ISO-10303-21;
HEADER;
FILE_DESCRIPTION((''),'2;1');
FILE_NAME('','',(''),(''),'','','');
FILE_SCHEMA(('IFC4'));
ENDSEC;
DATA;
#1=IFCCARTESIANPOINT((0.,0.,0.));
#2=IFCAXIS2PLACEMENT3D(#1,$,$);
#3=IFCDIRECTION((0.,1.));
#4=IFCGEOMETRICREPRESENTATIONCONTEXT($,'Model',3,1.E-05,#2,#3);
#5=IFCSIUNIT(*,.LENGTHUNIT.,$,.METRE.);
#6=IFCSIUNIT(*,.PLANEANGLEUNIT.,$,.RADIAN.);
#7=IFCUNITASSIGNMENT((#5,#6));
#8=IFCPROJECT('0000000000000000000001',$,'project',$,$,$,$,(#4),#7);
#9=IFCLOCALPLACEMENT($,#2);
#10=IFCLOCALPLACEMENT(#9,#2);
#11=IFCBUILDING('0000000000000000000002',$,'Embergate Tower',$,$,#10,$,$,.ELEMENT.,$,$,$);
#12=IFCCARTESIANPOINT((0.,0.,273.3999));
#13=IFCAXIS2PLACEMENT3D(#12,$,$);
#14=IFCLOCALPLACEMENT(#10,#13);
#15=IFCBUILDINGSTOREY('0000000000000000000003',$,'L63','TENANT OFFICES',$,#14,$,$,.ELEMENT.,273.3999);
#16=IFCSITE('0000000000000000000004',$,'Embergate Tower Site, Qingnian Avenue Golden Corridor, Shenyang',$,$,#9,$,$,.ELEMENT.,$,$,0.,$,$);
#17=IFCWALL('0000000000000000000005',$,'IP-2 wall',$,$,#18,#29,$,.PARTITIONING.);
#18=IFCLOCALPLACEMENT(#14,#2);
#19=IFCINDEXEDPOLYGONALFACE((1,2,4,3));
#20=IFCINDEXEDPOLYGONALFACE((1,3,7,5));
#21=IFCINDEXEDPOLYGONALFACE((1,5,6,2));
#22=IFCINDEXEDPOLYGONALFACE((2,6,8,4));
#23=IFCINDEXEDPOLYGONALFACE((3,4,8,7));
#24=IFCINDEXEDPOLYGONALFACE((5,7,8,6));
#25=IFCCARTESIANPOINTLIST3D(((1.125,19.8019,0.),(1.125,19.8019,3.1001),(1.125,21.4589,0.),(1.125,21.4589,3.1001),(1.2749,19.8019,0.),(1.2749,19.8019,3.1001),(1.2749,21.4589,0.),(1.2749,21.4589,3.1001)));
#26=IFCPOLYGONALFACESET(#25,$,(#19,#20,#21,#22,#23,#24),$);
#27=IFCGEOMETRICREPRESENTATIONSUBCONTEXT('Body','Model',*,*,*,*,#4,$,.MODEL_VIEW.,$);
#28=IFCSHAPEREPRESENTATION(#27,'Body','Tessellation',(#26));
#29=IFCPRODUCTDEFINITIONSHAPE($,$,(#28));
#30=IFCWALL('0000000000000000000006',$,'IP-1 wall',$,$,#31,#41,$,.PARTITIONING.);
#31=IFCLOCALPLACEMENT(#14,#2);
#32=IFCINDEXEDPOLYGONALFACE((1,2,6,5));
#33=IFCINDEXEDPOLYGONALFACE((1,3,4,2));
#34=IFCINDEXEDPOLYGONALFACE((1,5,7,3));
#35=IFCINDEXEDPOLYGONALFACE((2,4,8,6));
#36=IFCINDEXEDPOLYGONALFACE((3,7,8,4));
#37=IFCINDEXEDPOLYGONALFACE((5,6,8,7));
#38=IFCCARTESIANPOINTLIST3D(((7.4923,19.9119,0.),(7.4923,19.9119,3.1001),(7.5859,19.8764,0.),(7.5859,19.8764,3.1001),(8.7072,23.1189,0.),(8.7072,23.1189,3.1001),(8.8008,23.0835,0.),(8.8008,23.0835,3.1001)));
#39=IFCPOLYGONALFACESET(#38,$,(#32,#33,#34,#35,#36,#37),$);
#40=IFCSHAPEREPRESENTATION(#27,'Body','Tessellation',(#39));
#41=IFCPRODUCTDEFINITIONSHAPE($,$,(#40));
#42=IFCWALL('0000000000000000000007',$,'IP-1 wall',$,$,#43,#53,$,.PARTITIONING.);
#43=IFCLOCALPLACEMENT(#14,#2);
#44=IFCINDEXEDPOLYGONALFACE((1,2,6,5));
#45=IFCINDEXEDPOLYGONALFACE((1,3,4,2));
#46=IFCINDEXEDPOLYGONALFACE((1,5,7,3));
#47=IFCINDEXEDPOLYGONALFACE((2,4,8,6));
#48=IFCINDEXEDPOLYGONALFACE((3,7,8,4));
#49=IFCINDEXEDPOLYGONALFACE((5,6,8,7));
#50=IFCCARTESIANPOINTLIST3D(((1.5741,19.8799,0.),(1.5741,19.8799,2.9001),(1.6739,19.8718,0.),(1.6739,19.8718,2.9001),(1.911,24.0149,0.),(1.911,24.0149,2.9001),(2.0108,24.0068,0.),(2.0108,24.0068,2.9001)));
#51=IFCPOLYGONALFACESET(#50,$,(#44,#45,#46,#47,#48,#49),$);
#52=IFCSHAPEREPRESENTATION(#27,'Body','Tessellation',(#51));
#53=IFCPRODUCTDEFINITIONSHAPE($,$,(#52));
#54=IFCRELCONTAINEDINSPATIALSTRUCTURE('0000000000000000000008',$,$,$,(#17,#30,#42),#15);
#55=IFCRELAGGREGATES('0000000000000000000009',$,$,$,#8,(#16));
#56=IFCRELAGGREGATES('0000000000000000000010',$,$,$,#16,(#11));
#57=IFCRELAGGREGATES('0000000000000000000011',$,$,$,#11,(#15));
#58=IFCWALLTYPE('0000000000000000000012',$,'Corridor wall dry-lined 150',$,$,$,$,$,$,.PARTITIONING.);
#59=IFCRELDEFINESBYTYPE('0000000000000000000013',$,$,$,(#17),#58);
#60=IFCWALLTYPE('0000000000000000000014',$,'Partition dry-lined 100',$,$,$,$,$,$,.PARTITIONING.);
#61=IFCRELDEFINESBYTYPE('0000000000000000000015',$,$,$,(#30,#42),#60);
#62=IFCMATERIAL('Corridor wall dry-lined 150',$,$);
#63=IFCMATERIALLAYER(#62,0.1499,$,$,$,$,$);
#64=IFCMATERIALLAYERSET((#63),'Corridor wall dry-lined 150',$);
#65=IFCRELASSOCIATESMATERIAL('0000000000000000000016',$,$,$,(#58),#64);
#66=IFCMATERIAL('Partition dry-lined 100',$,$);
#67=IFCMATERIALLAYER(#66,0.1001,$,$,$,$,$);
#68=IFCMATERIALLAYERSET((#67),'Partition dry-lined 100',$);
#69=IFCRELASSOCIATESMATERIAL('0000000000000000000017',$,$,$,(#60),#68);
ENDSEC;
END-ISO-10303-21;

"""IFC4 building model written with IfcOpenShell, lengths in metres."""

from ifc_helpers import new_model, si_unit, direction, frame, frame_2d, origin, place, context, subcontext, project, spatial, rectangle, extrude, source, transform, mapped, material, layer, layer_set, type_object, element, save


model = new_model("IFC4")

# Units and contexts
model_context = context("Model", 3, precision=1e-05, world=origin(), true_north=direction((0.0, 1.0)))
body_context = subcontext(model_context, "Body", "Model", "MODEL_VIEW")
ifc_project = project(units=[si_unit("LENGTHUNIT", "METRE"), si_unit("PLANEANGLEUNIT", "RADIAN")], contexts=[model_context])

# Site, building, storey
site_placement = place(None, origin())
site = spatial("IfcSite", under=ifc_project, at=site_placement, Name="Embergate Tower Site, Qingnian Avenue Golden Corridor, Shenyang", CompositionType="ELEMENT", RefElevation=0.0)
building_placement = place(site_placement, origin())
building = spatial("IfcBuilding", under=site, at=building_placement, Name="Embergate Tower", CompositionType="ELEMENT")
storey_placement = place(building_placement, frame((0.0, 0.0, 273.3999)))
storey = spatial("IfcBuildingStorey", under=building, at=storey_placement, Name="L63", Description="TENANT OFFICES", CompositionType="ELEMENT", Elevation=273.3999)

# Shared definitions
ifc_material_1 = material(Name="Corridor wall dry-lined 150")
ifc_layer_1 = layer(ifc_material_1, 0.1499)
ifc_layer_set_1 = layer_set([ifc_layer_1], Name="Corridor wall dry-lined 150")
wall_type_1 = type_object("IfcWallType", Name="Corridor wall dry-lined 150", PredefinedType="PARTITIONING", material=ifc_layer_set_1)

# Walls
shared_shape_1 = source(origin(), body_context, "Body", "SweptSolid", [
    extrude(rectangle(XDim=1.657, YDim=0.1499, at=frame_2d((0.8286, 0.0))), origin(), (0.0, 0.0, 1.0), 3.1001),
])
wall_1_placement = place(storey_placement, frame((1.2, 21.459, 0.0), z_axis=(0.0, 0.0, 1.0), x_axis=(0.0, -1.0, 0.0)))
element("IfcWall", 1, at=wall_1_placement, inside=storey, type_object=wall_type_1, Name="IP-2 wall", PredefinedType="PARTITIONING", context=body_context, shape_type="MappedRepresentation", body=[
    mapped(shared_shape_1, transform((0.0, 0.0, 0.0))),
])
ifc_material_2 = material(Name="Partition dry-lined 100")
ifc_layer_2 = layer(ifc_material_2, 0.1001)
ifc_layer_set_2 = layer_set([ifc_layer_2], Name="Partition dry-lined 100")
wall_type_2 = type_object("IfcWallType", Name="Partition dry-lined 100", PredefinedType="PARTITIONING", material=ifc_layer_set_2)
shared_shape_2 = source(origin(), body_context, "Body", "SweptSolid", [
    extrude(rectangle(XDim=3.4294, YDim=0.1001, at=frame_2d((1.7148, 0.0))), origin(), (0.0, 0.0, 1.0), 3.1001),
])
wall_2_placement = place(storey_placement, frame((7.5391, 19.894, 0.0), z_axis=(0.0, 0.0, 1.0), x_axis=(0.354242, 0.935154, 0.0)))
element("IfcWall", 2, at=wall_2_placement, inside=storey, type_object=wall_type_2, Name="IP-1 wall", PredefinedType="PARTITIONING", context=body_context, shape_type="MappedRepresentation", body=[
    mapped(shared_shape_2, transform((0.0, 0.0, 0.0))),
])
shared_shape_3 = source(origin(), body_context, "Body", "SweptSolid", [
    extrude(rectangle(XDim=4.1487, YDim=0.1001, at=frame_2d((2.0742, 0.0))), origin(), (0.0, 0.0, 1.0), 2.9001),
])
wall_3_placement = place(storey_placement, frame((1.624, 19.876, 0.0), z_axis=(0.0, 0.0, 1.0), x_axis=(0.081209, 0.996697, 0.0)))
element("IfcWall", 3, at=wall_3_placement, inside=storey, type_object=wall_type_2, Name="IP-1 wall", PredefinedType="PARTITIONING", context=body_context, shape_type="MappedRepresentation", body=[
    mapped(shared_shape_3, transform((0.0, 0.0, 0.0))),
])

save(model, "model.ifc")
